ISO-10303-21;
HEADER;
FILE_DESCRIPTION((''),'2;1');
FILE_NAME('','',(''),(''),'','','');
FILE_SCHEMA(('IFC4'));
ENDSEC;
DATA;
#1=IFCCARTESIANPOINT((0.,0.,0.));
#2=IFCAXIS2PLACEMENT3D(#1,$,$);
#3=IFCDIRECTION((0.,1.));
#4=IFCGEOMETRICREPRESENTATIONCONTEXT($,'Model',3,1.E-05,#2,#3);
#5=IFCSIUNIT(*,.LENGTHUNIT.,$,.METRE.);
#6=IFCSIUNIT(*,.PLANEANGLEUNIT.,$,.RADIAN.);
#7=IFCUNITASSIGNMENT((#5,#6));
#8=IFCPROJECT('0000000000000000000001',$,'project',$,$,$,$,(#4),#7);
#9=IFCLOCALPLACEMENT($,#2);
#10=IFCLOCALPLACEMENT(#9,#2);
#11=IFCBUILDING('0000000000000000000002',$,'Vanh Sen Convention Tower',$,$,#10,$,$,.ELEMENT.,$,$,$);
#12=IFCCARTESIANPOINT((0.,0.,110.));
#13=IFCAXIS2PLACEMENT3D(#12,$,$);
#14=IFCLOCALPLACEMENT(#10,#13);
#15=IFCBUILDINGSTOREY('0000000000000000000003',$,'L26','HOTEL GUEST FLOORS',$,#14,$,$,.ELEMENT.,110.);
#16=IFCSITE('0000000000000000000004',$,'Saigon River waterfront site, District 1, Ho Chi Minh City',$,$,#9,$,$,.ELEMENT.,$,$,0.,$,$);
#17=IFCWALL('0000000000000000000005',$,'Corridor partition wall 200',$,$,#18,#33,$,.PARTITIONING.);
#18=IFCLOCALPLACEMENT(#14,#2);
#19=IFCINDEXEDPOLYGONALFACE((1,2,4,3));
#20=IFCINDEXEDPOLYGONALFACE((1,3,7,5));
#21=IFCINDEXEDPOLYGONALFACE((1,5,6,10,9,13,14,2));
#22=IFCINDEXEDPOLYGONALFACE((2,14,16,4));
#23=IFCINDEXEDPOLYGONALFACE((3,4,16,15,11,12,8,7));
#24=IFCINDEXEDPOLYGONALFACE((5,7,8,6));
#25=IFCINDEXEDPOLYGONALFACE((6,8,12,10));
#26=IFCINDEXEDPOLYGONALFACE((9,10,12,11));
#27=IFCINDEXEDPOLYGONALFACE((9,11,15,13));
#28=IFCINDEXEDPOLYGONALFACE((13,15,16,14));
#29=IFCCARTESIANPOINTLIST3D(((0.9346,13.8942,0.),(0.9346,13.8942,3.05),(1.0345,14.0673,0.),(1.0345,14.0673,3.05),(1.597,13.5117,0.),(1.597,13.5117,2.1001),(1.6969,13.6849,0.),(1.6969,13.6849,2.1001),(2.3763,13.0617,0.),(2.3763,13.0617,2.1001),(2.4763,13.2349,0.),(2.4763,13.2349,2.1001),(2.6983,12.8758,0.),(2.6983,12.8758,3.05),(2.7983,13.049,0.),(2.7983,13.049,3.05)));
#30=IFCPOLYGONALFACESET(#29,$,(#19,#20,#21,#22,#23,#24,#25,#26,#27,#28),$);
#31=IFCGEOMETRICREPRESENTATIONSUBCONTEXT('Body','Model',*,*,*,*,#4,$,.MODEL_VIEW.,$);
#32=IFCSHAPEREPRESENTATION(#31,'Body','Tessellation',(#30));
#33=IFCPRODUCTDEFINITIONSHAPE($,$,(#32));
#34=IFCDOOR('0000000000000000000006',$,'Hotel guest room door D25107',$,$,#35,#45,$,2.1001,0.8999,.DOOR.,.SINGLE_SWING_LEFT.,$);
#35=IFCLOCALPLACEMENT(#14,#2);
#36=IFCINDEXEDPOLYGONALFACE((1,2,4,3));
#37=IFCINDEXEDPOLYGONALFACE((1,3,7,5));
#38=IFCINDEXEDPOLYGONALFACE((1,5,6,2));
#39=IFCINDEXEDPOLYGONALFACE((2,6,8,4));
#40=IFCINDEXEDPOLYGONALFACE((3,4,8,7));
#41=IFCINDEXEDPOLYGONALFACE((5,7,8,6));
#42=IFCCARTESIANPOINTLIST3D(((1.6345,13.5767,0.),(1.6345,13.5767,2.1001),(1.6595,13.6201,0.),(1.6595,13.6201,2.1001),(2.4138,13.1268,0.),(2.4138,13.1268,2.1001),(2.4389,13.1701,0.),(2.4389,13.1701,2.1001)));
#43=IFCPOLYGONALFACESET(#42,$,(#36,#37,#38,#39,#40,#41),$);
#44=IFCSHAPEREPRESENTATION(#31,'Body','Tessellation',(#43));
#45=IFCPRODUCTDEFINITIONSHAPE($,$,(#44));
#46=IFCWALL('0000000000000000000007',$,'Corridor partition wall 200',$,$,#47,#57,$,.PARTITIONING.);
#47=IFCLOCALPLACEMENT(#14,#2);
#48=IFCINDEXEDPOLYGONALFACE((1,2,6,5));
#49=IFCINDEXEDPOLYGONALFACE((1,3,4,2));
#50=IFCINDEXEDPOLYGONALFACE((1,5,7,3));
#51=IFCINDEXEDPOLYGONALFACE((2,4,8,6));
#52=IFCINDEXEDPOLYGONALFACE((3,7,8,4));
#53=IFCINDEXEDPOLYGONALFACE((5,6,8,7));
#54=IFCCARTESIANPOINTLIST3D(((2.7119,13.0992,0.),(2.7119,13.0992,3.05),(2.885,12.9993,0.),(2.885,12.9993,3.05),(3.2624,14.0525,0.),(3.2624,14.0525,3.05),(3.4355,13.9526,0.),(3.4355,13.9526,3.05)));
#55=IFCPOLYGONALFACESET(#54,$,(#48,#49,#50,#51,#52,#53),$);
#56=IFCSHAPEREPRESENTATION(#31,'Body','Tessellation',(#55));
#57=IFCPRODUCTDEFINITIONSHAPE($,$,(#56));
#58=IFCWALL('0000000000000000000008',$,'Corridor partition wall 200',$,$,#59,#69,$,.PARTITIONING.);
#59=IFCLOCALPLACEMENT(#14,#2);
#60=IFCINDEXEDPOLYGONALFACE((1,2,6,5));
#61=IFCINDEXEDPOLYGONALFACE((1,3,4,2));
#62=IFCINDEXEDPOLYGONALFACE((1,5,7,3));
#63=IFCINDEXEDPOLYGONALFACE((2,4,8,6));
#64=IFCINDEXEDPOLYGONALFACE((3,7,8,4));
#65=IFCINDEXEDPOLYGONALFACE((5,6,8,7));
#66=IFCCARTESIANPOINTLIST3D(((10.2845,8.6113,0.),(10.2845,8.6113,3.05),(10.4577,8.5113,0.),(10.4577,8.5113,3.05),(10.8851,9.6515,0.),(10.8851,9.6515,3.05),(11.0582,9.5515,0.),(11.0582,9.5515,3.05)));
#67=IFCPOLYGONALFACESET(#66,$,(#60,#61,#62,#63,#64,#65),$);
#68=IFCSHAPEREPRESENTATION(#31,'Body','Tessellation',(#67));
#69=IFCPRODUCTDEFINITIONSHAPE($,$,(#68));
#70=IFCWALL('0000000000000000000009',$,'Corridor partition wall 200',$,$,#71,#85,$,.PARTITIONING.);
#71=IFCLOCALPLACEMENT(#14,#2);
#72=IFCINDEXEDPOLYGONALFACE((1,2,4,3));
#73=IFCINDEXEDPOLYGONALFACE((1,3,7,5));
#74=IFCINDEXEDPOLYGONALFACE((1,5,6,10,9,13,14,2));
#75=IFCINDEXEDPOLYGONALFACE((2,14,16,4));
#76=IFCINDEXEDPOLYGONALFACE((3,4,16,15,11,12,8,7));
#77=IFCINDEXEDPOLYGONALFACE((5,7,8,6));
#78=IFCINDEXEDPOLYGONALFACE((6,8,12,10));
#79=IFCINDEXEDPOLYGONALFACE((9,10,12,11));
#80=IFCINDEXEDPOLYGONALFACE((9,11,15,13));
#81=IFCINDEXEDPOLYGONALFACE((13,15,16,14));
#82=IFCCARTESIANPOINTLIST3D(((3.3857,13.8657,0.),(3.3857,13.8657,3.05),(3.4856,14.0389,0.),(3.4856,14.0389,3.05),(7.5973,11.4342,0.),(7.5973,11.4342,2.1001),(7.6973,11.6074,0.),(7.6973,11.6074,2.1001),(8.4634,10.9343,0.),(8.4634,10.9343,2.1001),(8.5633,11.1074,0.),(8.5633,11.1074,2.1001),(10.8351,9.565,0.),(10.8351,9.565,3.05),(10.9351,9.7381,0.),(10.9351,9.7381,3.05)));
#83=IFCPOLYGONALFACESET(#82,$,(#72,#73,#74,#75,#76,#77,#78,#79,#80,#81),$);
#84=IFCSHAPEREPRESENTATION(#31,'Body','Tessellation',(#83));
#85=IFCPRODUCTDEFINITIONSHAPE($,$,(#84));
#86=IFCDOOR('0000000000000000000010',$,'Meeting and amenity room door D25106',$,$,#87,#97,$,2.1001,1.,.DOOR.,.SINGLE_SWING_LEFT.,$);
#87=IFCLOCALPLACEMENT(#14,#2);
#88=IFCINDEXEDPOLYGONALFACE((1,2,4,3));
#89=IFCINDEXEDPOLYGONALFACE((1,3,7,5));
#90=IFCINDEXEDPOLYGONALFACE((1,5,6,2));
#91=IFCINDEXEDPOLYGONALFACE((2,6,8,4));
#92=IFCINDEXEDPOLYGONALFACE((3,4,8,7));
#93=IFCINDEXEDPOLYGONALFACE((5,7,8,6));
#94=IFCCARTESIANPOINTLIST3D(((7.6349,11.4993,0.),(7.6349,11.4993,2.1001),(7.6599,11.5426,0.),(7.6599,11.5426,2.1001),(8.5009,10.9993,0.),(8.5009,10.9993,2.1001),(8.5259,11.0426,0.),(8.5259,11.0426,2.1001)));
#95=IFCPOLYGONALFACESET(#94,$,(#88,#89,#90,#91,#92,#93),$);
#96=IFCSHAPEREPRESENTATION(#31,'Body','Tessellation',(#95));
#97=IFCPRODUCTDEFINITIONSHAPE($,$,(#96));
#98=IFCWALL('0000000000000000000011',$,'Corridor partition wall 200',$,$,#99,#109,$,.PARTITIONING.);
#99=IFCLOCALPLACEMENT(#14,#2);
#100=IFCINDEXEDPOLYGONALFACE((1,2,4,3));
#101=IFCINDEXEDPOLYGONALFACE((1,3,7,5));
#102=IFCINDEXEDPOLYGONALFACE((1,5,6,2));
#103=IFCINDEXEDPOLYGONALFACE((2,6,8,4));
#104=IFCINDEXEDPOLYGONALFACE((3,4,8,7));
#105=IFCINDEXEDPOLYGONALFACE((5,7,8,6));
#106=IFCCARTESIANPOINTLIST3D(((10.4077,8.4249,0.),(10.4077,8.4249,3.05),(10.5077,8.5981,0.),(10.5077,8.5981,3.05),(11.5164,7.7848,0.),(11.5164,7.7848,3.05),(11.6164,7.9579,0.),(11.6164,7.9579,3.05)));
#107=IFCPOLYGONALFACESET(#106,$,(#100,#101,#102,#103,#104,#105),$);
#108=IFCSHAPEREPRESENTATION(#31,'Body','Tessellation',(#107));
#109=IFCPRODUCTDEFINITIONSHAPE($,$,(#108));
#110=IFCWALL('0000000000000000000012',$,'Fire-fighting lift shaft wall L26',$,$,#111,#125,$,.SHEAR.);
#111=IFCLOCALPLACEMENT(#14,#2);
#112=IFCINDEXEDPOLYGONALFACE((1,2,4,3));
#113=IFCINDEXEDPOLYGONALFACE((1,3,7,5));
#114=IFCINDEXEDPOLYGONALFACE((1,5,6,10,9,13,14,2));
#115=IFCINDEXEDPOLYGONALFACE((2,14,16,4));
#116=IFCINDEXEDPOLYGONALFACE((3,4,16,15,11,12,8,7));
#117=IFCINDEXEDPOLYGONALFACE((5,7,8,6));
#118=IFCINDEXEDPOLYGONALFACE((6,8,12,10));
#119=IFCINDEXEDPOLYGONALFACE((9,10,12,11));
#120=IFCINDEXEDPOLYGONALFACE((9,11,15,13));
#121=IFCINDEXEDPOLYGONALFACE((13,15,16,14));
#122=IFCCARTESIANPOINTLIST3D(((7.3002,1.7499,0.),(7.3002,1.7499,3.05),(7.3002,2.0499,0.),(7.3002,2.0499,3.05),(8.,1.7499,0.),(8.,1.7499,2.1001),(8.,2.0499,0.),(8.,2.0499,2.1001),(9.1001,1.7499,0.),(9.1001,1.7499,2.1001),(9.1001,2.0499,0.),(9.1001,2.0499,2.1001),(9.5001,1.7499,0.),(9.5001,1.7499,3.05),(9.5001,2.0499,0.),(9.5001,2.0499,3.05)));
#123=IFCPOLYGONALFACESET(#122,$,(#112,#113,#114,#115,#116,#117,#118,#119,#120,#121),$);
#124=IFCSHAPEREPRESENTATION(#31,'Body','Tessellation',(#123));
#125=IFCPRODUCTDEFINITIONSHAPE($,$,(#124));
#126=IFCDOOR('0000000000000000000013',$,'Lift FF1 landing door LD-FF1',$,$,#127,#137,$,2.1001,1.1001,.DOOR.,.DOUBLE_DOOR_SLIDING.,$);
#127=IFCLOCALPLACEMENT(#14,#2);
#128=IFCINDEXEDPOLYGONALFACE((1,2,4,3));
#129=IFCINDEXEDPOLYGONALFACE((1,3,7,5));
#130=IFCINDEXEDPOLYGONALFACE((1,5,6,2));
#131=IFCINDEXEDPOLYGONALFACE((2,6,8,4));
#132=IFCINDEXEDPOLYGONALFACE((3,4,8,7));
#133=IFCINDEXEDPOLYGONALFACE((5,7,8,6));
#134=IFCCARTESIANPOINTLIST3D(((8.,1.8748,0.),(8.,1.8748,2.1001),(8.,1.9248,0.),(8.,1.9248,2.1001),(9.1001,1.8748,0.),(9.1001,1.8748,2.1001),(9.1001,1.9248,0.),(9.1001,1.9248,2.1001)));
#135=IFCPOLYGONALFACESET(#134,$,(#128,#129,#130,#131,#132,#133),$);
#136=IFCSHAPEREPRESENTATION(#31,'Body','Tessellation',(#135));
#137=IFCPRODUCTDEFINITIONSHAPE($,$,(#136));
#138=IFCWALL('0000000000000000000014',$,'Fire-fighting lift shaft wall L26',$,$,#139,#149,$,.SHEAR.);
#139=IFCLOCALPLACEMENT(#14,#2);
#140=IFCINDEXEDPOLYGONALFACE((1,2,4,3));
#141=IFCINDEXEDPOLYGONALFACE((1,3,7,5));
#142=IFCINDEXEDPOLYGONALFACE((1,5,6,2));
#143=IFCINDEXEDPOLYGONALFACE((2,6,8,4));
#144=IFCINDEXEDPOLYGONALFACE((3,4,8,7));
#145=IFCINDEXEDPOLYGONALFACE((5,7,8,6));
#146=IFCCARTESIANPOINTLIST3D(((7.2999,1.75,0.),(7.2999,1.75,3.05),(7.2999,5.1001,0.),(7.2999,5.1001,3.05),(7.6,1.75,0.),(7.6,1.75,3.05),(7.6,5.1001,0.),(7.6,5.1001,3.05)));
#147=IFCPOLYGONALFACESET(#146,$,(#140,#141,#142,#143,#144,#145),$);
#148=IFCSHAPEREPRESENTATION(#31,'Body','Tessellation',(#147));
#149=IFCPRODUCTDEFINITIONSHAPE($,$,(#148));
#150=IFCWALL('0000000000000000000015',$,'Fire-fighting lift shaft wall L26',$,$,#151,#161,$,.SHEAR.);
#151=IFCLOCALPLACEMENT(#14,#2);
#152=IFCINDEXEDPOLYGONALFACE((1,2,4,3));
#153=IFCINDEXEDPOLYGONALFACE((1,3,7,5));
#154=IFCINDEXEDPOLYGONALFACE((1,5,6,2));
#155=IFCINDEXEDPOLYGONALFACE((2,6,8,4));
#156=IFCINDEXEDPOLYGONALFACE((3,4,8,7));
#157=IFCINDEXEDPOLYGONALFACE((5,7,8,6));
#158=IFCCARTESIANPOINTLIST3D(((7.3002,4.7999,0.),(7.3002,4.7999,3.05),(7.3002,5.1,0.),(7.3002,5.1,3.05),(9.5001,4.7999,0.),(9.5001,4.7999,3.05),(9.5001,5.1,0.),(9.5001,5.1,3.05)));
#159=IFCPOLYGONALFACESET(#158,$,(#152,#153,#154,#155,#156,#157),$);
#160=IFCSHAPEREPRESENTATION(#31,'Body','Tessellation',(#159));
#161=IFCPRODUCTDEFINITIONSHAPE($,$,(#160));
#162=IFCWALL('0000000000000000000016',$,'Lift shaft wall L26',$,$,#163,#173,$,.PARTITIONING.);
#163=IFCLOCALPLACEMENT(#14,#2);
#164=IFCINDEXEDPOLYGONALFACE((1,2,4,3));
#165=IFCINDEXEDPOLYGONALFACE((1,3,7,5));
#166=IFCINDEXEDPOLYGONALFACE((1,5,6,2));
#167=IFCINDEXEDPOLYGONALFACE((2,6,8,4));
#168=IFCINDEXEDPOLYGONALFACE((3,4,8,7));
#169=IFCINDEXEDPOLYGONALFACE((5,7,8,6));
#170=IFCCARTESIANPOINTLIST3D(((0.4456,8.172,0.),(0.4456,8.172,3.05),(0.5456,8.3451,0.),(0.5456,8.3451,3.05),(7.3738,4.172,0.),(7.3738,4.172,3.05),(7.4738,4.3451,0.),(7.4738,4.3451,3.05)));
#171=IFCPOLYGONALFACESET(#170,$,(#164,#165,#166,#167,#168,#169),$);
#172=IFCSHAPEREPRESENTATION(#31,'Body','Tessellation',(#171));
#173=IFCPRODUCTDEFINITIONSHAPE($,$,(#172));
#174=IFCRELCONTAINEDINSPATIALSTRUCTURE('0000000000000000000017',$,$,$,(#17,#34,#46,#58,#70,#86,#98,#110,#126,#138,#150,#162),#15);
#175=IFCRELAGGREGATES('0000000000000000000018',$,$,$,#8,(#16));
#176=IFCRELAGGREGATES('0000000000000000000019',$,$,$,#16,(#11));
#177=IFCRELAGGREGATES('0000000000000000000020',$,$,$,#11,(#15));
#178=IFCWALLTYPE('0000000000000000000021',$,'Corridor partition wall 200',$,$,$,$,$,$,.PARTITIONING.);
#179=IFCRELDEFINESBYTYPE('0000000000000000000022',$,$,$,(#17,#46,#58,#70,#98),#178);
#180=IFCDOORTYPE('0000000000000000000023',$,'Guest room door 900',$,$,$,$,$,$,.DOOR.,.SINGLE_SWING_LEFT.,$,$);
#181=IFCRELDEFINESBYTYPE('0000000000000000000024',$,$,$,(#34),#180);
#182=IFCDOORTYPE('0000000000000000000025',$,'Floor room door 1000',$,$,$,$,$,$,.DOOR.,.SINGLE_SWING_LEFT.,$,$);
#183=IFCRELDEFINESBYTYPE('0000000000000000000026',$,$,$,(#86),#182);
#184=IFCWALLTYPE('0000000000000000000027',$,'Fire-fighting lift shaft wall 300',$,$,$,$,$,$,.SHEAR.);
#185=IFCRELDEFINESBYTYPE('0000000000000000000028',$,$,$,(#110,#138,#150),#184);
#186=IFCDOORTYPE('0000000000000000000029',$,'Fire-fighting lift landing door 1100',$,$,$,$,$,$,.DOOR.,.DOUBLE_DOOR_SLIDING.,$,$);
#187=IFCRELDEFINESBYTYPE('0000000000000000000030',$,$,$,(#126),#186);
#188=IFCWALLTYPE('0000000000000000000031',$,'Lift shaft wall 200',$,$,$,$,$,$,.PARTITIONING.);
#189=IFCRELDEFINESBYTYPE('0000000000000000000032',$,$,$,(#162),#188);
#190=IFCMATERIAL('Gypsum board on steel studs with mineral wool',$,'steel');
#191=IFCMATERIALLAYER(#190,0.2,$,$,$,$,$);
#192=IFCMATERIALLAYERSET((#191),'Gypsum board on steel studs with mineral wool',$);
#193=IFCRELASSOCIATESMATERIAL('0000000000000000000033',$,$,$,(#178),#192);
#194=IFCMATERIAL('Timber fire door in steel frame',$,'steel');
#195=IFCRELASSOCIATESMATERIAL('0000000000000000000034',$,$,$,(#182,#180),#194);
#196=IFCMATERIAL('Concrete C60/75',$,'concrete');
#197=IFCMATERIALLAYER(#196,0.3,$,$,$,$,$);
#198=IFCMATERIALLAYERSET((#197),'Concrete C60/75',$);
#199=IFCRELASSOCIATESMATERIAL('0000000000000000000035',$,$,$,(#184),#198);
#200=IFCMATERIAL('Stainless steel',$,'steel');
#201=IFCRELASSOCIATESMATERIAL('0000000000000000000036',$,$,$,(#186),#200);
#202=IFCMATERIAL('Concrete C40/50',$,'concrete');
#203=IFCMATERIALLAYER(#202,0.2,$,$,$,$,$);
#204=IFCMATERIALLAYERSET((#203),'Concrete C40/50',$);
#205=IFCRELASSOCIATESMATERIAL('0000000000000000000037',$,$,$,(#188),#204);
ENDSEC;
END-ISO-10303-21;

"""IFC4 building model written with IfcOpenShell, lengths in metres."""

from ifc_helpers import new_model, si_unit, direction, frame, frame_2d, origin, place, context, subcontext, project, spatial, rectangle, extrude, material, layer, layer_set, type_object, element, fill, save


model = new_model("IFC4")

# Units and contexts
model_context = context("Model", 3, precision=1e-05, world=origin(), true_north=direction((0.0, 1.0)))
body_context = subcontext(model_context, "Body", "Model", "MODEL_VIEW")
ifc_project = project(units=[si_unit("LENGTHUNIT", "METRE"), si_unit("PLANEANGLEUNIT", "RADIAN")], contexts=[model_context])

# Site, building, storey
site_placement = place(None, origin())
site = spatial("IfcSite", under=ifc_project, at=site_placement, Name="Saigon River waterfront site, District 1, Ho Chi Minh City", CompositionType="ELEMENT", RefElevation=0.0)
building_placement = place(site_placement, origin())
building = spatial("IfcBuilding", under=site, at=building_placement, Name="Vanh Sen Convention Tower", CompositionType="ELEMENT")
storey_placement = place(building_placement, frame((0.0, 0.0, 110.0)))
storey = spatial("IfcBuildingStorey", under=building, at=storey_placement, Name="L26", Description="HOTEL GUEST FLOORS", CompositionType="ELEMENT", Elevation=110.0)

# Shared definitions
ifc_material_1 = material(Name="Stainless steel", Category="steel")

# Wall, opening, door
ifc_material_2 = material(Name="Gypsum board on steel studs with mineral wool", Category="steel")
ifc_layer_1 = layer(ifc_material_2, 0.2)
ifc_layer_set_1 = layer_set([ifc_layer_1], Name="Gypsum board on steel studs with mineral wool")
wall_type_1 = type_object("IfcWallType", Name="Corridor partition wall 200", PredefinedType="PARTITIONING", material=ifc_layer_set_1)
ifc_material_3 = material(Name="Timber fire door in steel frame", Category="steel")
door_type_1 = type_object("IfcDoorType", Name="Floor room door 1000", OperationType="SINGLE_SWING_LEFT", PredefinedType="DOOR", material=ifc_material_3)
wall_1_placement = place(storey_placement, frame((2.7483, 12.9624, 0.0), z_axis=(0.0, 0.0, 1.0), x_axis=(-0.866014, 0.50002, 0.0)))
wall_1 = element("IfcWall", 1, at=wall_1_placement, inside=storey, type_object=wall_type_1, Name="Corridor partition wall 200", PredefinedType="PARTITIONING", context=body_context, shape_type="SweptSolid", body=[
    extrude(rectangle(XDim=2.0366, YDim=0.2, at=frame_2d((1.0183, 0.0))), origin(), (0.0, 0.0, 1.0), 3.05),
])
opening_1_placement = place(wall_1_placement, frame((0.3718, 0.0, 0.0)))
opening_1 = element("IfcOpeningElement", 2, at=opening_1_placement, cuts=wall_1, PredefinedType="OPENING", context=body_context, shape_type="SweptSolid", body=[
    extrude(rectangle(XDim=0.8999, YDim=2.1001, at=frame_2d((0.45, 1.05))), frame((0.0, 0.1099, 0.0), z_axis=(0.0, -1.0, 0.0), x_axis=(1.0, 0.0, 0.0)), (0.0, 0.0, 1.0), 0.22),
])
door_type_2 = type_object("IfcDoorType", Name="Guest room door 900", OperationType="SINGLE_SWING_LEFT", PredefinedType="DOOR", material=ifc_material_3)
door_1_placement = place(opening_1_placement, origin())
door_1 = element("IfcDoor", 3, at=door_1_placement, inside=storey, type_object=door_type_2, Name="Hotel guest room door D25107", OperationType="SINGLE_SWING_LEFT", OverallHeight=2.1001, OverallWidth=0.8999, PredefinedType="DOOR", context=body_context, shape_type="SweptSolid", body=[
    extrude(rectangle(XDim=0.8999, YDim=2.1001, at=frame_2d((0.45, 1.05))), frame((0.0, 0.0249, 0.0), z_axis=(0.0, -1.0, 0.0), x_axis=(1.0, 0.0, 0.0)), (0.0, 0.0, 1.0), 0.05),
])
fill(opening_1, door_1)

# Walls
wall_2_placement = place(storey_placement, frame((3.3489, 14.0024, 0.0), z_axis=(0.0, 0.0, 1.0), x_axis=(-0.500074, -0.865982, 0.0)))
element("IfcWall", 4, at=wall_2_placement, inside=storey, type_object=wall_type_1, Name="Corridor partition wall 200", PredefinedType="PARTITIONING", context=body_context, shape_type="SweptSolid", body=[
    extrude(rectangle(XDim=1.1008, YDim=0.2, at=frame_2d((0.5503, 0.0))), origin(), (0.0, 0.0, 1.0), 3.05),
])
wall_3_placement = place(storey_placement, frame((10.3711, 8.5613, 0.0), z_axis=(0.0, 0.0, 1.0), x_axis=(0.499986, 0.866033, 0.0)))
element("IfcWall", 5, at=wall_3_placement, inside=storey, type_object=wall_type_1, Name="Corridor partition wall 200", PredefinedType="PARTITIONING", context=body_context, shape_type="SweptSolid", body=[
    extrude(rectangle(XDim=1.2012, YDim=0.2, at=frame_2d((0.6006, 0.0))), origin(), (0.0, 0.0, 1.0), 3.05),
])

# Wall, opening, door
wall_4_placement = place(storey_placement, frame((10.885, 9.6516, 0.0), z_axis=(0.0, 0.0, 1.0), x_axis=(-0.866034, 0.499985, 0.0)))
wall_4 = element("IfcWall", 6, at=wall_4_placement, inside=storey, type_object=wall_type_1, Name="Corridor partition wall 200", PredefinedType="PARTITIONING", context=body_context, shape_type="SweptSolid", body=[
    extrude(rectangle(XDim=8.6018, YDim=0.2, at=frame_2d((4.3008, 0.0))), origin(), (0.0, 0.0, 1.0), 3.05),
])
opening_2_placement = place(wall_4_placement, frame((2.7385, 0.0, 0.0)))
opening_2 = element("IfcOpeningElement", 7, at=opening_2_placement, cuts=wall_4, PredefinedType="OPENING", context=body_context, shape_type="SweptSolid", body=[
    extrude(rectangle(XDim=1.0, YDim=2.1001, at=frame_2d((0.5, 1.05))), frame((0.0, 0.1099, 0.0), z_axis=(0.0, -1.0, 0.0), x_axis=(1.0, 0.0, 0.0)), (0.0, 0.0, 1.0), 0.22),
])
door_2_placement = place(opening_2_placement, origin())
door_2 = element("IfcDoor", 8, at=door_2_placement, inside=storey, type_object=door_type_1, Name="Meeting and amenity room door D25106", OperationType="SINGLE_SWING_LEFT", OverallHeight=2.1001, OverallWidth=1.0, PredefinedType="DOOR", context=body_context, shape_type="SweptSolid", body=[
    extrude(rectangle(XDim=1.0, YDim=2.1001, at=frame_2d((0.5, 1.05))), frame((0.0, 0.0249, 0.0), z_axis=(0.0, -1.0, 0.0), x_axis=(1.0, 0.0, 0.0)), (0.0, 0.0, 1.0), 0.05),
])
fill(opening_2, door_2)

# Wall
wall_5_placement = place(storey_placement, frame((11.5664, 7.8713, 0.0), z_axis=(0.0, 0.0, 1.0), x_axis=(-0.866005, 0.500036, 0.0)))
element("IfcWall", 9, at=wall_5_placement, inside=storey, type_object=wall_type_1, Name="Corridor partition wall 200", PredefinedType="PARTITIONING", context=body_context, shape_type="SweptSolid", body=[
    extrude(rectangle(XDim=1.2803, YDim=0.2, at=frame_2d((0.6401, 0.0))), origin(), (0.0, 0.0, 1.0), 3.05),
])

# Wall, opening, door
ifc_material_4 = material(Name="Concrete C60/75", Category="concrete")
ifc_layer_2 = layer(ifc_material_4, 0.3)
ifc_layer_set_2 = layer_set([ifc_layer_2], Name="Concrete C60/75")
wall_type_2 = type_object("IfcWallType", Name="Fire-fighting lift shaft wall 300", PredefinedType="SHEAR", material=ifc_layer_set_2)
wall_6_placement = place(storey_placement, frame((7.3, 1.8999, 0.0), z_axis=(0.0, 0.0, 1.0), x_axis=(1.0, 0.0, 0.0)))
wall_6 = element("IfcWall", 10, at=wall_6_placement, inside=storey, type_object=wall_type_2, Name="Fire-fighting lift shaft wall L26", PredefinedType="SHEAR", context=body_context, shape_type="SweptSolid", body=[
    extrude(rectangle(XDim=2.2, YDim=0.3, at=frame_2d((1.1001, 0.0))), origin(), (0.0, 0.0, 1.0), 3.05),
])
opening_3_placement = place(wall_6_placement, frame((0.7, 0.0, 0.0)))
opening_3 = element("IfcOpeningElement", 11, at=opening_3_placement, cuts=wall_6, PredefinedType="OPENING", context=body_context, shape_type="SweptSolid", body=[
    extrude(rectangle(XDim=1.1001, YDim=2.1001, at=frame_2d((0.55, 1.05))), frame((0.0, 0.1599, 0.0), z_axis=(0.0, -1.0, 0.0), x_axis=(1.0, 0.0, 0.0)), (0.0, 0.0, 1.0), 0.3201),
])
door_type_3 = type_object("IfcDoorType", Name="Fire-fighting lift landing door 1100", OperationType="DOUBLE_DOOR_SLIDING", PredefinedType="DOOR", material=ifc_material_1)
door_3_placement = place(opening_3_placement, origin())
door_3 = element("IfcDoor", 12, at=door_3_placement, inside=storey, type_object=door_type_3, Name="Lift FF1 landing door LD-FF1", OperationType="DOUBLE_DOOR_SLIDING", OverallHeight=2.1001, OverallWidth=1.1001, PredefinedType="DOOR", context=body_context, shape_type="SweptSolid", body=[
    extrude(rectangle(XDim=1.1001, YDim=2.1001, at=frame_2d((0.55, 1.05))), frame((0.0, 0.0249, 0.0), z_axis=(0.0, -1.0, 0.0), x_axis=(1.0, 0.0, 0.0)), (0.0, 0.0, 1.0), 0.05),
])
fill(opening_3, door_3)

# Walls
wall_7_placement = place(storey_placement, frame((7.45, 1.75, 0.0), z_axis=(0.0, 0.0, 1.0), x_axis=(0.0, 1.0, 0.0)))
element("IfcWall", 13, at=wall_7_placement, inside=storey, type_object=wall_type_2, Name="Fire-fighting lift shaft wall L26", PredefinedType="SHEAR", context=body_context, shape_type="SweptSolid", body=[
    extrude(rectangle(XDim=3.3501, YDim=0.3, at=frame_2d((1.675, 0.0))), origin(), (0.0, 0.0, 1.0), 3.05),
])
wall_8_placement = place(storey_placement, frame((7.3, 4.95, 0.0), z_axis=(0.0, 0.0, 1.0), x_axis=(1.0, 0.0, 0.0)))
element("IfcWall", 14, at=wall_8_placement, inside=storey, type_object=wall_type_2, Name="Fire-fighting lift shaft wall L26", PredefinedType="SHEAR", context=body_context, shape_type="SweptSolid", body=[
    extrude(rectangle(XDim=2.2, YDim=0.3, at=frame_2d((1.1001, 0.0))), origin(), (0.0, 0.0, 1.0), 3.05),
])
ifc_material_5 = material(Name="Concrete C40/50", Category="concrete")
ifc_layer_3 = layer(ifc_material_5, 0.2)
ifc_layer_set_3 = layer_set([ifc_layer_3], Name="Concrete C40/50")
wall_type_3 = type_object("IfcWallType", Name="Lift shaft wall 200", PredefinedType="PARTITIONING", material=ifc_layer_set_3)
wall_9_placement = place(storey_placement, frame((7.4238, 4.2585, 0.0), z_axis=(0.0, 0.0, 1.0), x_axis=(-0.866026, 0.499999, 0.0)))
element("IfcWall", 15, at=wall_9_placement, inside=storey, type_object=wall_type_3, Name="Lift shaft wall L26", PredefinedType="PARTITIONING", context=body_context, shape_type="SweptSolid", body=[
    extrude(rectangle(XDim=8.0, YDim=0.2, at=frame_2d((4.0, 0.0))), origin(), (0.0, 0.0, 1.0), 3.05),
])

save(model, "model.ifc")
